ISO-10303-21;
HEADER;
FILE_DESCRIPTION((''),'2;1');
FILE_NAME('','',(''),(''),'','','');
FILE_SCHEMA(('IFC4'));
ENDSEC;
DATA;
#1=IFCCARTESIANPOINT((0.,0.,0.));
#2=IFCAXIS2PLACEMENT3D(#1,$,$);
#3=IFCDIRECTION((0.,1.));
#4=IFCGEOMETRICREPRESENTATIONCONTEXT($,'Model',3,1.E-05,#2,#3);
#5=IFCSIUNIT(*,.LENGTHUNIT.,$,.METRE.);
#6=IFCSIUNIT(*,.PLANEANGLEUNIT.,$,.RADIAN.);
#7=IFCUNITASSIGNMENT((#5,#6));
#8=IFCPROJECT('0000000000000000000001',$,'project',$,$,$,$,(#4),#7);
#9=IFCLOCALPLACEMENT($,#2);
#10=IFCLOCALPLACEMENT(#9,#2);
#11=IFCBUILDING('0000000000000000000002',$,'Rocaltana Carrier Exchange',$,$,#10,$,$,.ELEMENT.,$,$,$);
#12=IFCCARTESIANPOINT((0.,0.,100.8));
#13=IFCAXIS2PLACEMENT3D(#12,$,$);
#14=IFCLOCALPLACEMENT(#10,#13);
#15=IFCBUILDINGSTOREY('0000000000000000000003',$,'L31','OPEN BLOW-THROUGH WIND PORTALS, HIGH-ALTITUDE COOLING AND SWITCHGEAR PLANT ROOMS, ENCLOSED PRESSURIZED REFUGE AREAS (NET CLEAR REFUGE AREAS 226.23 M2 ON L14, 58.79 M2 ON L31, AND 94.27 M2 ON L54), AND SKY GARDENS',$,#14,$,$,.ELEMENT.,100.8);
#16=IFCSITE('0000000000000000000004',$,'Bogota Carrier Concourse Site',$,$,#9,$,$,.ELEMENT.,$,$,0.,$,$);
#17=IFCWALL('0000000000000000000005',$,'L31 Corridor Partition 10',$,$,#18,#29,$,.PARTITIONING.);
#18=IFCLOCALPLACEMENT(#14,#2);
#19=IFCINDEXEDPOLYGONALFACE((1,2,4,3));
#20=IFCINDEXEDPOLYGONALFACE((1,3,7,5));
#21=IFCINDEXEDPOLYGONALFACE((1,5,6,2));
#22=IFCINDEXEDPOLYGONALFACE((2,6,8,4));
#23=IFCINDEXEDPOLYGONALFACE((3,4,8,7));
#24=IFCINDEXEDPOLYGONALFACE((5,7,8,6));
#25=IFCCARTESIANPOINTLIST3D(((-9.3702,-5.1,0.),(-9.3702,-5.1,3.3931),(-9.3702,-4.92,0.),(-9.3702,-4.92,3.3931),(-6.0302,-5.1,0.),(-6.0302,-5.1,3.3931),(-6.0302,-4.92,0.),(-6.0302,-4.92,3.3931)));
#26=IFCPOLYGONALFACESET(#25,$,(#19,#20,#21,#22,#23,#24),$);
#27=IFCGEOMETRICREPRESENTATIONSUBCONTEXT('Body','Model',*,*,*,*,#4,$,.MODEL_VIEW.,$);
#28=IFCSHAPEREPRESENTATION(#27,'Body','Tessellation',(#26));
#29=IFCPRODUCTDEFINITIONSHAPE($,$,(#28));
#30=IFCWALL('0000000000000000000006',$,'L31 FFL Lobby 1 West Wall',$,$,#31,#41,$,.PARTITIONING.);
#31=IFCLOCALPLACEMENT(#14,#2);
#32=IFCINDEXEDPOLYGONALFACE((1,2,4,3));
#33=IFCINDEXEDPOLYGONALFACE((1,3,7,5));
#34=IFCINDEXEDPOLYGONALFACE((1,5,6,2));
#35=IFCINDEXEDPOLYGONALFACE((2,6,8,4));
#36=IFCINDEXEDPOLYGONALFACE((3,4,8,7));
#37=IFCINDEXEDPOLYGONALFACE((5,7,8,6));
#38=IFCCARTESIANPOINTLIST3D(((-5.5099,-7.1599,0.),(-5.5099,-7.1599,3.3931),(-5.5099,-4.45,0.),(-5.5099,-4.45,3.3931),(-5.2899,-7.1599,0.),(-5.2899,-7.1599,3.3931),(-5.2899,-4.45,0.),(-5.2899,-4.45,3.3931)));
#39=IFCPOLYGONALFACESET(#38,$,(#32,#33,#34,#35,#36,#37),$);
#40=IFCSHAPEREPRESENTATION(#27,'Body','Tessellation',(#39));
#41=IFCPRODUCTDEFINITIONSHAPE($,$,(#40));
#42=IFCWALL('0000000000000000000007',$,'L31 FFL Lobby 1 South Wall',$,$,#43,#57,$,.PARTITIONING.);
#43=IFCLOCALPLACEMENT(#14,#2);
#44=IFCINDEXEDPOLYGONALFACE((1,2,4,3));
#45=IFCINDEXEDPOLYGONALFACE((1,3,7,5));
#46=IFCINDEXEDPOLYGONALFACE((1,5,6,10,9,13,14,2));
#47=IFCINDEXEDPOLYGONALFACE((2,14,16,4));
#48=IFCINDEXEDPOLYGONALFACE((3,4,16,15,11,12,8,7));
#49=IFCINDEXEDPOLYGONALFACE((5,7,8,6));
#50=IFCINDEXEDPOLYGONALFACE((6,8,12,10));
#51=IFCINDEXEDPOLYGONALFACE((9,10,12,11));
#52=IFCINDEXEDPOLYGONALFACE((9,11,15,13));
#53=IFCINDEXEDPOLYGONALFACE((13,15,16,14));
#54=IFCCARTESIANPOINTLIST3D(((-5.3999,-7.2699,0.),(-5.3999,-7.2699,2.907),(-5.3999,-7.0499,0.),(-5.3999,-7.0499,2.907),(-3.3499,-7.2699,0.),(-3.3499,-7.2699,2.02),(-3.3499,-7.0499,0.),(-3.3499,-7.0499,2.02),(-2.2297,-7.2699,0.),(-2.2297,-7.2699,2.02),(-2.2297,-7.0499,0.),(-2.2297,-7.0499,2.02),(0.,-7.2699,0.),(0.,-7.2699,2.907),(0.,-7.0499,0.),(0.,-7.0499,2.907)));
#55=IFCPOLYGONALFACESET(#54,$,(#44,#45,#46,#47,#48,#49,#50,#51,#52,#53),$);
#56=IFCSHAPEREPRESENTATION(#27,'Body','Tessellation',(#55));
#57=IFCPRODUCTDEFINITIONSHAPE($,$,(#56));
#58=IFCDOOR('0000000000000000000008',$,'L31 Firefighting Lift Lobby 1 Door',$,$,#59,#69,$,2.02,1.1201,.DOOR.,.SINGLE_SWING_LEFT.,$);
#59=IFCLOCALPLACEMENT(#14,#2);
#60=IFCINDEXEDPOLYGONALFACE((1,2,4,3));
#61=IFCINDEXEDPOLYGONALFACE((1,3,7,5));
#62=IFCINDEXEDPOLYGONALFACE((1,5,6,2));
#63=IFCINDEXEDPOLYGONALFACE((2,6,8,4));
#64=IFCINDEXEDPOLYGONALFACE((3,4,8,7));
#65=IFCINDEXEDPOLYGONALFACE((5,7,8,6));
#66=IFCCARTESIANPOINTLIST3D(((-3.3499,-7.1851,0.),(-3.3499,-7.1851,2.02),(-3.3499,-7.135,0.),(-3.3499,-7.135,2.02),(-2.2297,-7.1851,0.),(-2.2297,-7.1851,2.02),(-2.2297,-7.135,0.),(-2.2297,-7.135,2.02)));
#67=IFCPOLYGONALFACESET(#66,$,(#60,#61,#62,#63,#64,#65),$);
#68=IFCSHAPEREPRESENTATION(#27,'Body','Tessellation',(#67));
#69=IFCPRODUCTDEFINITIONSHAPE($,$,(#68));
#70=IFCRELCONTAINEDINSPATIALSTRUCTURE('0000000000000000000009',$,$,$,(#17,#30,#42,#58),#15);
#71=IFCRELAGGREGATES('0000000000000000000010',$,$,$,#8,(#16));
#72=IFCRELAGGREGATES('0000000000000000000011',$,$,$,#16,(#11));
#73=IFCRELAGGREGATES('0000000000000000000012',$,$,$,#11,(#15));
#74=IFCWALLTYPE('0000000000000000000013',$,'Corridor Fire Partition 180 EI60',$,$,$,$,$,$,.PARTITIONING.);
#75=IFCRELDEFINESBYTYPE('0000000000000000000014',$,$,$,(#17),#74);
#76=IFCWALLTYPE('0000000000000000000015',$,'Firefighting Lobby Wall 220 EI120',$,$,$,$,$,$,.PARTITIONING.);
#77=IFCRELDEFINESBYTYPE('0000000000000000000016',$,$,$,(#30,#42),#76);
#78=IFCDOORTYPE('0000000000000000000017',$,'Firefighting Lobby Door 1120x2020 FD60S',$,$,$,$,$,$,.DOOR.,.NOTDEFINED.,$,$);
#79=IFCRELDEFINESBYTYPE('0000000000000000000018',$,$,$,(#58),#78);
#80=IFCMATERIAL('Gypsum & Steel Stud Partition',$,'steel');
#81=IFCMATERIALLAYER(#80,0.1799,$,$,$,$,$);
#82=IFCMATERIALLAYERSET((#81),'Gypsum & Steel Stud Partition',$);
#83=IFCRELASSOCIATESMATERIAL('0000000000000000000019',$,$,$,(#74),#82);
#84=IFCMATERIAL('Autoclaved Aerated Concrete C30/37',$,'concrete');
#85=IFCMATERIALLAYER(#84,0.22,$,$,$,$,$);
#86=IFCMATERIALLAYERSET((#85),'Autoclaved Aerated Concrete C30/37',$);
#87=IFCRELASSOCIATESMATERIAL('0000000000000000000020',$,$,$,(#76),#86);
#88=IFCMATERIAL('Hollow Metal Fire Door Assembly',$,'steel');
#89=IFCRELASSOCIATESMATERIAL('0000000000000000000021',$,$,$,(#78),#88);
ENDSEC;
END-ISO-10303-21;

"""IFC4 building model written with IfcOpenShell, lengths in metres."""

from ifc_helpers import new_model, si_unit, direction, frame, frame_2d, origin, place, context, subcontext, project, spatial, rectangle, extrude, material, layer, layer_set, type_object, element, fill, save


model = new_model("IFC4")

# Units and contexts
model_context = context("Model", 3, precision=1e-05, world=origin(), true_north=direction((0.0, 1.0)))
body_context = subcontext(model_context, "Body", "Model", "MODEL_VIEW")
ifc_project = project(units=[si_unit("LENGTHUNIT", "METRE"), si_unit("PLANEANGLEUNIT", "RADIAN")], contexts=[model_context])

# Site, building, storey
site_placement = place(None, origin())
site = spatial("IfcSite", under=ifc_project, at=site_placement, Name="Bogota Carrier Concourse Site", CompositionType="ELEMENT", RefElevation=0.0)
building_placement = place(site_placement, origin())
building = spatial("IfcBuilding", under=site, at=building_placement, Name="Rocaltana Carrier Exchange", CompositionType="ELEMENT")
storey_placement = place(building_placement, frame((0.0, 0.0, 100.8)))
storey = spatial("IfcBuildingStorey", under=building, at=storey_placement, Name="L31", Description="OPEN BLOW-THROUGH WIND PORTALS, HIGH-ALTITUDE COOLING AND SWITCHGEAR PLANT ROOMS, ENCLOSED PRESSURIZED REFUGE AREAS (NET CLEAR REFUGE AREAS 226.23 M2 ON L14, 58.79 M2 ON L31, AND 94.27 M2 ON L54), AND SKY GARDENS", CompositionType="ELEMENT", Elevation=100.8)

# Walls
ifc_material_1 = material(Name="Gypsum & Steel Stud Partition", Category="steel")
ifc_layer_1 = layer(ifc_material_1, 0.1799)
ifc_layer_set_1 = layer_set([ifc_layer_1], Name="Gypsum & Steel Stud Partition")
wall_type_1 = type_object("IfcWallType", Name="Corridor Fire Partition 180 EI60", PredefinedType="PARTITIONING", material=ifc_layer_set_1)
wall_1_placement = place(storey_placement, frame((-9.3701, -5.01, 0.0), z_axis=(0.0, 0.0, 1.0), x_axis=(1.0, 0.0, 0.0)))
element("IfcWall", 1, at=wall_1_placement, inside=storey, type_object=wall_type_1, Name="L31 Corridor Partition 10", PredefinedType="PARTITIONING", context=body_context, shape_type="SweptSolid", body=[
    extrude(rectangle(XDim=3.3401, YDim=0.1799, at=frame_2d((1.6699, 0.0))), origin(), (0.0, 0.0, 1.0), 3.3931),
])
ifc_material_2 = material(Name="Autoclaved Aerated Concrete C30/37", Category="concrete")
ifc_layer_2 = layer(ifc_material_2, 0.22)
ifc_layer_set_2 = layer_set([ifc_layer_2], Name="Autoclaved Aerated Concrete C30/37")
wall_type_2 = type_object("IfcWallType", Name="Firefighting Lobby Wall 220 EI120", PredefinedType="PARTITIONING", material=ifc_layer_set_2)
wall_2_placement = place(storey_placement, frame((-5.3999, -7.1599, 0.0), z_axis=(0.0, 0.0, 1.0), x_axis=(0.0, 1.0, 0.0)))
element("IfcWall", 2, at=wall_2_placement, inside=storey, type_object=wall_type_2, Name="L31 FFL Lobby 1 West Wall", PredefinedType="PARTITIONING", context=body_context, shape_type="SweptSolid", body=[
    extrude(rectangle(XDim=2.71, YDim=0.22, at=frame_2d((1.355, 0.0))), origin(), (0.0, 0.0, 1.0), 3.3931),
])

# Wall, opening, door
wall_3_placement = place(storey_placement, frame((-5.3999, -7.1599, 0.0), z_axis=(0.0, 0.0, 1.0), x_axis=(1.0, 0.0, 0.0)))
wall_3 = element("IfcWall", 3, at=wall_3_placement, inside=storey, type_object=wall_type_2, Name="L31 FFL Lobby 1 South Wall", PredefinedType="PARTITIONING", context=body_context, shape_type="SweptSolid", body=[
    extrude(rectangle(XDim=5.3999, YDim=0.22, at=frame_2d((2.7, 0.0))), origin(), (0.0, 0.0, 1.0), 2.907),
])
opening_placement = place(wall_3_placement, frame((2.05, 0.0, 0.0)))
opening = element("IfcOpeningElement", 4, at=opening_placement, cuts=wall_3, PredefinedType="OPENING", context=body_context, shape_type="SweptSolid", body=[
    extrude(rectangle(XDim=1.1201, YDim=2.02, at=frame_2d((0.5601, 1.01))), frame((0.0, 0.1199, 0.0), z_axis=(0.0, -1.0, 0.0), x_axis=(1.0, 0.0, 0.0)), (0.0, 0.0, 1.0), 0.24),
])
ifc_material_3 = material(Name="Hollow Metal Fire Door Assembly", Category="steel")
door_type = type_object("IfcDoorType", Name="Firefighting Lobby Door 1120x2020 FD60S", OperationType="NOTDEFINED", PredefinedType="DOOR", material=ifc_material_3)
door_placement = place(opening_placement, origin())
door = element("IfcDoor", 5, at=door_placement, inside=storey, type_object=door_type, Name="L31 Firefighting Lift Lobby 1 Door", OperationType="SINGLE_SWING_LEFT", OverallHeight=2.02, OverallWidth=1.1201, PredefinedType="DOOR", context=body_context, shape_type="SweptSolid", body=[
    extrude(rectangle(XDim=1.1201, YDim=2.02, at=frame_2d((0.5601, 1.01))), frame((0.0, 0.0249, 0.0), z_axis=(0.0, -1.0, 0.0), x_axis=(1.0, 0.0, 0.0)), (0.0, 0.0, 1.0), 0.05),
])
fill(opening, door)

save(model, "model.ifc")
